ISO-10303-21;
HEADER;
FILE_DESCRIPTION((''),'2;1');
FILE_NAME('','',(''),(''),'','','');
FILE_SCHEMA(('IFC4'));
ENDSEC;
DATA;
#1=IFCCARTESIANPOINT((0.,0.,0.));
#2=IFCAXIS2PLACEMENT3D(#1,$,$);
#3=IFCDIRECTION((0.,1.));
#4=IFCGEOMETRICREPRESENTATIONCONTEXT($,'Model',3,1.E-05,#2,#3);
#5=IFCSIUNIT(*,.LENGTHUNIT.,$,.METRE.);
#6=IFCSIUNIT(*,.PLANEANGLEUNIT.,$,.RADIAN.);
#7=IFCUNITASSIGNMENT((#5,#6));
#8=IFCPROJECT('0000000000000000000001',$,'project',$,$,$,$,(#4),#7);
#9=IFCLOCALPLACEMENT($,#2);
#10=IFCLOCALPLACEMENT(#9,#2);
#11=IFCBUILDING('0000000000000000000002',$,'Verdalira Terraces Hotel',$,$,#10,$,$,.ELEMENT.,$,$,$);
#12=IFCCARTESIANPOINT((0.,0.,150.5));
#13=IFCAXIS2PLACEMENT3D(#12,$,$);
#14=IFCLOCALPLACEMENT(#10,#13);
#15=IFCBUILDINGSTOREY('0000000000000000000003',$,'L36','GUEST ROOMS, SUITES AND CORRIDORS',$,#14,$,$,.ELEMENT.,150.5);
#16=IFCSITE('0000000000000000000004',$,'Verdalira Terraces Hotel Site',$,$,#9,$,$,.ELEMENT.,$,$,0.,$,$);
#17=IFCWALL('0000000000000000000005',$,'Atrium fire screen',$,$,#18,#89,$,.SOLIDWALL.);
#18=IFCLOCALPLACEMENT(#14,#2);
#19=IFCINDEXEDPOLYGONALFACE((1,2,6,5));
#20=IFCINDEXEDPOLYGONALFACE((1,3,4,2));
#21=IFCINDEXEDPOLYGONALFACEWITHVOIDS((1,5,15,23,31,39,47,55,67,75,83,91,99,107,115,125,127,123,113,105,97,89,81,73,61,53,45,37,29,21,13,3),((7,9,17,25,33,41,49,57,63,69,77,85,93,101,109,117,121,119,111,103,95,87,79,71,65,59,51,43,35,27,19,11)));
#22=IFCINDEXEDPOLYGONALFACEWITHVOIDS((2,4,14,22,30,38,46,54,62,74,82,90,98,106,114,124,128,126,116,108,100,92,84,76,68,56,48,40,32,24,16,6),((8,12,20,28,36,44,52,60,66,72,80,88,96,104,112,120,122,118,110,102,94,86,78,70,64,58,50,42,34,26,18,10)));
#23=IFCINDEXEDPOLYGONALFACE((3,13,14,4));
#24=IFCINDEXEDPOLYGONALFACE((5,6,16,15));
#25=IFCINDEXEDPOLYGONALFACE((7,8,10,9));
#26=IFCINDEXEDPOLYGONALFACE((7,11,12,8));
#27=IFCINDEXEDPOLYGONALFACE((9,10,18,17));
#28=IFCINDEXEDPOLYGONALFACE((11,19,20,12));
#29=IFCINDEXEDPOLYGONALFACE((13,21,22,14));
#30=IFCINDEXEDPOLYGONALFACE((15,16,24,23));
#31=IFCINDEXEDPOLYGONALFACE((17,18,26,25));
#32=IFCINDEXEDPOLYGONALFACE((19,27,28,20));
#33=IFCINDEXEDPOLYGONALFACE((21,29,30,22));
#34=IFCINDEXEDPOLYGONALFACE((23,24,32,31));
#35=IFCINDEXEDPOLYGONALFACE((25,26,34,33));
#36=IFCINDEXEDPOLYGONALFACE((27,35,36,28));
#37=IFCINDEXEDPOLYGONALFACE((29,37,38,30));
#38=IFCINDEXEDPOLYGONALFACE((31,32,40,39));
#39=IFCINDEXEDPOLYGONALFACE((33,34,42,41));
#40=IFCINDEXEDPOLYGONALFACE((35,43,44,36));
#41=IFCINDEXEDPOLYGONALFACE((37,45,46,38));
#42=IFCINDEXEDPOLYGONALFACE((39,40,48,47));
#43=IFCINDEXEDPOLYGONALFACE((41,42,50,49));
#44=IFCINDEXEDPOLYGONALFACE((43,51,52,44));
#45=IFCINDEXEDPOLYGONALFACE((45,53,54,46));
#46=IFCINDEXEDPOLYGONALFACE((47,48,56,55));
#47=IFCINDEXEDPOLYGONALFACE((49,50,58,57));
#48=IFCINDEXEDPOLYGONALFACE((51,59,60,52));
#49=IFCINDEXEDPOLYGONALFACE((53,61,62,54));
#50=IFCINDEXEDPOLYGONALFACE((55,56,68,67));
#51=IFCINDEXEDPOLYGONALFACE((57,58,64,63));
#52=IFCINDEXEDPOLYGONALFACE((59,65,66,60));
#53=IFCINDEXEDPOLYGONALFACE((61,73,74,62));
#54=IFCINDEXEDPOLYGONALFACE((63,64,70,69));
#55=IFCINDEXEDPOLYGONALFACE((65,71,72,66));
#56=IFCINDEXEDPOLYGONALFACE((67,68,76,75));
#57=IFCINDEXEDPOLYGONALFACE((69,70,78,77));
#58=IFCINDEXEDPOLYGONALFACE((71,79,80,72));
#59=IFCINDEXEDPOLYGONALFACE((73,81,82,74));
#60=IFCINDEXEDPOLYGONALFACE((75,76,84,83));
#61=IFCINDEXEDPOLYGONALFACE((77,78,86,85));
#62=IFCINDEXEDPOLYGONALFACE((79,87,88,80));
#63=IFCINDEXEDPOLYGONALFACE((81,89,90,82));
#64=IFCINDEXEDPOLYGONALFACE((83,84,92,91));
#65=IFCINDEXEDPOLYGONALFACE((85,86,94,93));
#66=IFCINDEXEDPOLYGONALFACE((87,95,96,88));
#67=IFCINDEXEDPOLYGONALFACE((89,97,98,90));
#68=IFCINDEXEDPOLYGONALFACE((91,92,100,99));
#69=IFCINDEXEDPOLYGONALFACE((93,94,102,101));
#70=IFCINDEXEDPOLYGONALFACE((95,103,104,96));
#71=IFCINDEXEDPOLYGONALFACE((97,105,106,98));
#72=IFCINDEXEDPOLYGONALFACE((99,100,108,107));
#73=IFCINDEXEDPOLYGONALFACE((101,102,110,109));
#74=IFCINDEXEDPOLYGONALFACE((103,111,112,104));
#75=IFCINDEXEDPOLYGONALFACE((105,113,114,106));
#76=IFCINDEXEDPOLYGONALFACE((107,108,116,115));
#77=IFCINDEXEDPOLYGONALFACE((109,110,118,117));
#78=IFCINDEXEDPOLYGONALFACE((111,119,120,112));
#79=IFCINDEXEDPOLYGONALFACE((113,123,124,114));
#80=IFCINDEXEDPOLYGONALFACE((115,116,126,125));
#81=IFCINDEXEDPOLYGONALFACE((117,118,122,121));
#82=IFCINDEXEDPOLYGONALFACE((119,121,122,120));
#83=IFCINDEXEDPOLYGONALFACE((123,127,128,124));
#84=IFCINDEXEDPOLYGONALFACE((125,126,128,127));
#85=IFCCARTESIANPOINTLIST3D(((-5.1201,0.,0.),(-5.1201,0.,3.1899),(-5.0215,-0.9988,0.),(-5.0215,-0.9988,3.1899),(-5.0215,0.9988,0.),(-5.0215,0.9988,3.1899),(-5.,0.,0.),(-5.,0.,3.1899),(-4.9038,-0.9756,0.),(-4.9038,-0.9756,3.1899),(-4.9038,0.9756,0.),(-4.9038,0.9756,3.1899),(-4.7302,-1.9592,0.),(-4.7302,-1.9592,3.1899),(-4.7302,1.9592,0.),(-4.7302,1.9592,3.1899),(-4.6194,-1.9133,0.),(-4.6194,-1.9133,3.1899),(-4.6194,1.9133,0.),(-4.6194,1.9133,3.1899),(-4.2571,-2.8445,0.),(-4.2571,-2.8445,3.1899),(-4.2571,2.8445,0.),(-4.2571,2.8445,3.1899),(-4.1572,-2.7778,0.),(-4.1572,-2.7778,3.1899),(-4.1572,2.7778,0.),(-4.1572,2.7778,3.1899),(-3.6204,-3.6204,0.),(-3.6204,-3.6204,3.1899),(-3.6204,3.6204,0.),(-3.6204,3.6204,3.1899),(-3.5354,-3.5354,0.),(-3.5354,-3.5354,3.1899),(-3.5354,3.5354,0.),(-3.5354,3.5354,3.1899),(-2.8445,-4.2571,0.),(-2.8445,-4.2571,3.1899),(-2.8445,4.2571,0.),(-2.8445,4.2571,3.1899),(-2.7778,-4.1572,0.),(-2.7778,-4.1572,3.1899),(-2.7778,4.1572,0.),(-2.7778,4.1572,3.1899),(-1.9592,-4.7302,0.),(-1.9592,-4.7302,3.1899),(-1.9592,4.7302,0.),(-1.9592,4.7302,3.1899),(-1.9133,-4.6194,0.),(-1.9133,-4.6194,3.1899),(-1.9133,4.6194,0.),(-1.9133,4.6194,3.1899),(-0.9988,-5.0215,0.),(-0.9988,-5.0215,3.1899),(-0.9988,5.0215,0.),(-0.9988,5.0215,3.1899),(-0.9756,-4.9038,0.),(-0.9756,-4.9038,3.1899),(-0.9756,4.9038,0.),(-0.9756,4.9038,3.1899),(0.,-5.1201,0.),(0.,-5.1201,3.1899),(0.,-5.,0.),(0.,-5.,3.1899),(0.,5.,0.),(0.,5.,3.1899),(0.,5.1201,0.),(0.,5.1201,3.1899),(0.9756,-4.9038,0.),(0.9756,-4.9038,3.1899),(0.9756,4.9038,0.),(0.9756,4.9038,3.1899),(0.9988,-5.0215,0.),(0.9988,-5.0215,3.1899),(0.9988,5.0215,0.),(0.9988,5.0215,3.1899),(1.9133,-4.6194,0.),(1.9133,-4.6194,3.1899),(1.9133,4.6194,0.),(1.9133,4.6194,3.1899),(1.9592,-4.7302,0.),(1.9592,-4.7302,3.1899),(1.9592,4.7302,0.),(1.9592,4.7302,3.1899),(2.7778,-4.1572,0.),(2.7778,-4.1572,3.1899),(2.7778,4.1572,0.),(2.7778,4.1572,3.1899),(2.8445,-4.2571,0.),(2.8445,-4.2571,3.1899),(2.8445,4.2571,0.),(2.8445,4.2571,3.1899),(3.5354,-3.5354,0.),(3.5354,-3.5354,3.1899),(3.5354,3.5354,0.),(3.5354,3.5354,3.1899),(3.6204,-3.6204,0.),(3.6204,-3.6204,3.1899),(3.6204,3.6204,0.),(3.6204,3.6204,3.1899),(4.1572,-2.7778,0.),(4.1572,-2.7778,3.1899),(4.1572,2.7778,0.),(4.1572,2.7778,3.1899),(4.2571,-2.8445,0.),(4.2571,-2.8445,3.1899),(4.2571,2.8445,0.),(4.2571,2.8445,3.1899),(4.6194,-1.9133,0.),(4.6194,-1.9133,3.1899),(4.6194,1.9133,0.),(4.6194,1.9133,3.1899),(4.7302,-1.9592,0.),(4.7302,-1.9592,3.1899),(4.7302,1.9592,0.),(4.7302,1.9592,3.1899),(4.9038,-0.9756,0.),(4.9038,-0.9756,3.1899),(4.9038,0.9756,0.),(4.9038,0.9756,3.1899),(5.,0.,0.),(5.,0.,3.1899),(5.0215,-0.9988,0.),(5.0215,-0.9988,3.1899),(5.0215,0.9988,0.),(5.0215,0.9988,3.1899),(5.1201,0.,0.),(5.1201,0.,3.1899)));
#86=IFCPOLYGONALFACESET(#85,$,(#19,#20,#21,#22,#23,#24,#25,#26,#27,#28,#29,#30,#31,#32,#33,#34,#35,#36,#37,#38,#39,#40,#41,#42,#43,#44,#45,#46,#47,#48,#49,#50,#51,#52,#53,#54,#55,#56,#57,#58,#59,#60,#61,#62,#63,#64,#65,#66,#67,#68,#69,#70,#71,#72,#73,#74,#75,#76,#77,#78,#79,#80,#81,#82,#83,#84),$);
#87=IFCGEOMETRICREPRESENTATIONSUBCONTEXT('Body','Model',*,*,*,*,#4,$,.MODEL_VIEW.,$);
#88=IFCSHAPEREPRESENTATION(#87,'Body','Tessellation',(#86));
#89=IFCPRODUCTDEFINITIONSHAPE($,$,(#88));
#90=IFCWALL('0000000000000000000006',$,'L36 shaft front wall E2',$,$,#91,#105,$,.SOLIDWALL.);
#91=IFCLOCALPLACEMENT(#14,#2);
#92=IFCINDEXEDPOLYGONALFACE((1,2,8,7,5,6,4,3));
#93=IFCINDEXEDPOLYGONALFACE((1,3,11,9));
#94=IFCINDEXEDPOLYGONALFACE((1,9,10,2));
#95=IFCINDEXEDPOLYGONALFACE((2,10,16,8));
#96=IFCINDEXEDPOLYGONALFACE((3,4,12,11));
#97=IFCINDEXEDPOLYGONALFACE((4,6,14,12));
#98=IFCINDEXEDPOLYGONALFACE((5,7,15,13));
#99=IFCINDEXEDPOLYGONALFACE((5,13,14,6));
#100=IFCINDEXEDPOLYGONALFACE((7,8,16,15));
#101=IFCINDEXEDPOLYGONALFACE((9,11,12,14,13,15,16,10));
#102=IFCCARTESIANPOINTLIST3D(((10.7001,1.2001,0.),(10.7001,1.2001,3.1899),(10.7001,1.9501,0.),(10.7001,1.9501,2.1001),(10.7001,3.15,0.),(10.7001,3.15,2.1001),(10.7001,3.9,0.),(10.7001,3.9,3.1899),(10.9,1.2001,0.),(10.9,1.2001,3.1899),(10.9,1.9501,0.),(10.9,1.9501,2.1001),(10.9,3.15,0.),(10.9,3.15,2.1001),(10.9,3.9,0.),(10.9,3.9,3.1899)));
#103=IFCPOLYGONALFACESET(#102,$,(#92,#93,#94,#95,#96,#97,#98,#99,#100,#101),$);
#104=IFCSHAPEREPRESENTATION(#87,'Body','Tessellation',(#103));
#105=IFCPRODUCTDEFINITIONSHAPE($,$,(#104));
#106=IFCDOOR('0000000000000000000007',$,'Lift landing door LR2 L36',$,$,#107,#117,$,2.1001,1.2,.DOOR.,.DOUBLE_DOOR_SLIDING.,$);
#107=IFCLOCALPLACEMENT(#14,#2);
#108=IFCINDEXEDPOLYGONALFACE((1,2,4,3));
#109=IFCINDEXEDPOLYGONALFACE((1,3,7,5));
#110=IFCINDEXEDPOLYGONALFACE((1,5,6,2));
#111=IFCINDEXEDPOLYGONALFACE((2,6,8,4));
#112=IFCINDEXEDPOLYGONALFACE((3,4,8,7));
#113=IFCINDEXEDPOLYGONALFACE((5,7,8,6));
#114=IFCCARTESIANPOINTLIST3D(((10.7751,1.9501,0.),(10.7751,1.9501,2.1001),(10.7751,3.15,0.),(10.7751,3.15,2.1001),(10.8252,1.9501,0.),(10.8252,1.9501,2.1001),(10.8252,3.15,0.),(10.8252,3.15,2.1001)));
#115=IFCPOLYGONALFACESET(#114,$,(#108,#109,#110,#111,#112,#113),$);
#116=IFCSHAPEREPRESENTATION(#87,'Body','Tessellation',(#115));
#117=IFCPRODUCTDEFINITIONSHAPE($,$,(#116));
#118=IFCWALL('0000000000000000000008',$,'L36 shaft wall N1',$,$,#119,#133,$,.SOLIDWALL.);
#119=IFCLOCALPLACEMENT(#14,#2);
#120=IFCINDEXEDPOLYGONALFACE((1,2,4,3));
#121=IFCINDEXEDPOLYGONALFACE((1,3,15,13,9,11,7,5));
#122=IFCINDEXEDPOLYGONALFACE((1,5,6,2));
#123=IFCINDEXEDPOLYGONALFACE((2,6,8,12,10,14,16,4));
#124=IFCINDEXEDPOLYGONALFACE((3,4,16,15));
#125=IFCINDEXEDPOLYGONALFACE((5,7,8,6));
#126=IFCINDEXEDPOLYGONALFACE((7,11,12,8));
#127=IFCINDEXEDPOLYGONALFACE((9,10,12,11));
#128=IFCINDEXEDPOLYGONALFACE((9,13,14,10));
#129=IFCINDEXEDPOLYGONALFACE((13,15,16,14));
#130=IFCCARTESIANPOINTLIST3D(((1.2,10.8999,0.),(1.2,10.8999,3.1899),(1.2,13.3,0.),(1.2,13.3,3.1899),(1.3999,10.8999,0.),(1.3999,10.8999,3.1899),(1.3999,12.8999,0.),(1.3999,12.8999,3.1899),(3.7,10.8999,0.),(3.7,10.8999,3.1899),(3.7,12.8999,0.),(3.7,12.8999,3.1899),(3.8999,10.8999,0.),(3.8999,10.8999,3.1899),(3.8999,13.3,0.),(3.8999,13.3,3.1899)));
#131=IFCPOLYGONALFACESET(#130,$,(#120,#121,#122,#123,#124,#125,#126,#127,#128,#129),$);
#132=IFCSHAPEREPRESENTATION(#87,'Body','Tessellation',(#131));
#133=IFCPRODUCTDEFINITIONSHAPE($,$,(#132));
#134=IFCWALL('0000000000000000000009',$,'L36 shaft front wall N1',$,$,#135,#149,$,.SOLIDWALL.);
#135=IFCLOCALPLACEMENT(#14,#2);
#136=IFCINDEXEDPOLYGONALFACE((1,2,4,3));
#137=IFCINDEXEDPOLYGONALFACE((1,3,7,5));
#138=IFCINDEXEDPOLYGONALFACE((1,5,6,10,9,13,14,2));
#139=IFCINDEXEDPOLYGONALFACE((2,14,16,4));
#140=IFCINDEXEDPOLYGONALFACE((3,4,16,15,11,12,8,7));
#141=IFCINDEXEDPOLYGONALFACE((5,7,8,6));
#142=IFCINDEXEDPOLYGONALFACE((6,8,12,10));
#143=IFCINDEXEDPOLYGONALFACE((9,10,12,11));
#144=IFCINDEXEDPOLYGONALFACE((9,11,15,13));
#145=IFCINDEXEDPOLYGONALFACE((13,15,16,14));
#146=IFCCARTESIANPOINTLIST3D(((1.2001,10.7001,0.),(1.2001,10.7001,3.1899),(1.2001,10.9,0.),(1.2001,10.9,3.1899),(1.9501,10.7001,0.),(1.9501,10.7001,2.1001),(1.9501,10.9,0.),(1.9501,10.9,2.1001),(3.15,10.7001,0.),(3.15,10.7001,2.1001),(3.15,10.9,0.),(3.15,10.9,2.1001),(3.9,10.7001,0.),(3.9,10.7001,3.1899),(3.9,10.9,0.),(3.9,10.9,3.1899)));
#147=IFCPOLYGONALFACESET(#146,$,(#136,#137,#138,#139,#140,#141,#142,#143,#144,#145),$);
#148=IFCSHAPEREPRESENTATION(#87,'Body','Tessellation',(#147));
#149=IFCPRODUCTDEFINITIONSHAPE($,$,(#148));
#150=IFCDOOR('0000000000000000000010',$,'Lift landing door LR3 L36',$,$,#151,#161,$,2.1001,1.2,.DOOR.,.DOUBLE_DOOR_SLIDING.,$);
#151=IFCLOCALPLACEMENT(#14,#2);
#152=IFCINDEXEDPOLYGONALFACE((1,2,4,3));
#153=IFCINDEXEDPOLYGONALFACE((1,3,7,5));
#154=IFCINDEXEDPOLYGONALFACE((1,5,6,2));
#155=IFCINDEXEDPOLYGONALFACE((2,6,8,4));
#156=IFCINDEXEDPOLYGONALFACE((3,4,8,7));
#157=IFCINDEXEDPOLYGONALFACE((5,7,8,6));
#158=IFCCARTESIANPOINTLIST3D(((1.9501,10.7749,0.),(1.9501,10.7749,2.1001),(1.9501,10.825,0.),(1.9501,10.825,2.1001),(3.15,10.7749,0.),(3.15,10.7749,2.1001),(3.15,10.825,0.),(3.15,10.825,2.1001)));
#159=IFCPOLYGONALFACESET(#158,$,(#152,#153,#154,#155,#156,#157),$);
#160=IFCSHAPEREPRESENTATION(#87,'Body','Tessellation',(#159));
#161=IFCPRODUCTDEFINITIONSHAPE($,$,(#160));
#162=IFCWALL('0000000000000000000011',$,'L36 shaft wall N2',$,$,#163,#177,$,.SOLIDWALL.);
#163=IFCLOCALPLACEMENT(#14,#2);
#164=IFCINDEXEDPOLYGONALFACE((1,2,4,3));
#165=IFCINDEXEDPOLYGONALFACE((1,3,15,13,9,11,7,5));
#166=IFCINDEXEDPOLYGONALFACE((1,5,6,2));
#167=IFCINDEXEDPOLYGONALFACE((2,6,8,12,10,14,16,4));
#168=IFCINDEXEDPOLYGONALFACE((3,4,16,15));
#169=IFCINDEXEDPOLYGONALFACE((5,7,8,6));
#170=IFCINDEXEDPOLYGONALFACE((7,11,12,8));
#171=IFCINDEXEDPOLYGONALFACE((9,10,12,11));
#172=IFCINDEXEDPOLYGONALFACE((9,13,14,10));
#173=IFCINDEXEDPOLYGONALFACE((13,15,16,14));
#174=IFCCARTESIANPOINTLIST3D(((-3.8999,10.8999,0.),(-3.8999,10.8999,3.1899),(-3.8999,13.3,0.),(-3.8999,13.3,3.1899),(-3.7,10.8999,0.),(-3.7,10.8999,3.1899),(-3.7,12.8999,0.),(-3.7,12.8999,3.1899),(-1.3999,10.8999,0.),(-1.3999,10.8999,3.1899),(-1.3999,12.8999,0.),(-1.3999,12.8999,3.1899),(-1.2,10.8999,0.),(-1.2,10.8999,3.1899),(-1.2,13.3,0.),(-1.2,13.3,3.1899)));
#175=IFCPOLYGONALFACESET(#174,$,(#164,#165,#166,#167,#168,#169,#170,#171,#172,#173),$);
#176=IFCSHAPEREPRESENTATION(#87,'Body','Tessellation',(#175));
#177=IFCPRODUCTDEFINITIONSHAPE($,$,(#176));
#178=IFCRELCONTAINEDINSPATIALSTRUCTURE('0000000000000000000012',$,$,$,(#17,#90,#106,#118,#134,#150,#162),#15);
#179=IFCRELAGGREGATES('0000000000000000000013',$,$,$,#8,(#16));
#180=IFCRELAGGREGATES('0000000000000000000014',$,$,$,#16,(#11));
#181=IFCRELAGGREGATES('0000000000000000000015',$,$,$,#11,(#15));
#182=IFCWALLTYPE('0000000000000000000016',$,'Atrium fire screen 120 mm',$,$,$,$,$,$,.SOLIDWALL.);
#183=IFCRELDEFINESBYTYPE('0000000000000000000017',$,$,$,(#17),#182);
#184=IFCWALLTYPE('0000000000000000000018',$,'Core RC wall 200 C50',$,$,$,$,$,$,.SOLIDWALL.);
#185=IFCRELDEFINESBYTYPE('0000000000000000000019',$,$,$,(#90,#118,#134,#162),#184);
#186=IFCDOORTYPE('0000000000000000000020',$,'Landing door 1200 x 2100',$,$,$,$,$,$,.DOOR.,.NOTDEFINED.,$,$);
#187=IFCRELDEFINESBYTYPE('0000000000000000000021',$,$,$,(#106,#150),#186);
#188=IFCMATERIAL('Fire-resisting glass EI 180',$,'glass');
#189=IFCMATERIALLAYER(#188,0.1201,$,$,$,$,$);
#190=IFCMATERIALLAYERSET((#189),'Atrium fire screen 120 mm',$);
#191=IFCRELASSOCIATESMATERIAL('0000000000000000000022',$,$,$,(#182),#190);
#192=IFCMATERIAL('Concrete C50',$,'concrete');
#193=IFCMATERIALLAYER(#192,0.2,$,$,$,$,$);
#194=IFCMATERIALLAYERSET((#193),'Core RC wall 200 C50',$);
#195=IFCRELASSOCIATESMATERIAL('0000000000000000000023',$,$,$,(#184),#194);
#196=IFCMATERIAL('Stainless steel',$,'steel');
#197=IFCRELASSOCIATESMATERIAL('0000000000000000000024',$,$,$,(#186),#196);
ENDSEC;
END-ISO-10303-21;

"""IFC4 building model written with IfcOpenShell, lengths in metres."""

from ifc_helpers import new_model, si_unit, direction, frame, frame_2d, origin, place, context, subcontext, project, spatial, polyline, rectangle, outline, extrude, material, layer, layer_set, type_object, element, fill, save


model = new_model("IFC4")

# Units and contexts
model_context = context("Model", 3, precision=1e-05, world=origin(), true_north=direction((0.0, 1.0)))
body_context = subcontext(model_context, "Body", "Model", "MODEL_VIEW")
ifc_project = project(units=[si_unit("LENGTHUNIT", "METRE"), si_unit("PLANEANGLEUNIT", "RADIAN")], contexts=[model_context])

# Site, building, storey
site_placement = place(None, origin())
site = spatial("IfcSite", under=ifc_project, at=site_placement, Name="Verdalira Terraces Hotel Site", CompositionType="ELEMENT", RefElevation=0.0)
building_placement = place(site_placement, origin())
building = spatial("IfcBuilding", under=site, at=building_placement, Name="Verdalira Terraces Hotel", CompositionType="ELEMENT")
storey_placement = place(building_placement, frame((0.0, 0.0, 150.5)))
storey = spatial("IfcBuildingStorey", under=building, at=storey_placement, Name="L36", Description="GUEST ROOMS, SUITES AND CORRIDORS", CompositionType="ELEMENT", Elevation=150.5)

# Wall
ifc_material_1 = material(Name="Fire-resisting glass EI 180", Category="glass")
ifc_layer_1 = layer(ifc_material_1, 0.1201)
ifc_layer_set_1 = layer_set([ifc_layer_1], Name="Atrium fire screen 120 mm")
wall_type_1 = type_object("IfcWallType", Name="Atrium fire screen 120 mm", PredefinedType="SOLIDWALL", material=ifc_layer_set_1)
wall_1_placement = place(storey_placement, origin())
element("IfcWall", 1, at=wall_1_placement, inside=storey, type_object=wall_type_1, Name="Atrium fire screen", PredefinedType="SOLIDWALL", context=body_context, shape_type="SweptSolid", body=[
    extrude(outline(polyline([(5.0215, -0.9988), (4.7302, -1.9592), (4.2571, -2.8445), (3.6204, -3.6204), (2.8445, -4.2571), (1.9592, -4.7302), (0.9988, -5.0215), (0.0, -5.1201), (-0.9988, -5.0215), (-1.9592, -4.7302), (-2.8445, -4.2571), (-3.6204, -3.6204), (-4.2571, -2.8445), (-4.7302, -1.9592), (-5.0215, -0.9988), (-5.1201, 0.0), (-5.0215, 0.9988), (-4.7302, 1.9592), (-4.2571, 2.8445), (-3.6204, 3.6204), (-2.8445, 4.2571), (-1.9592, 4.7302), (-0.9988, 5.0215), (0.0, 5.1201), (0.9988, 5.0215), (1.9592, 4.7302), (2.8445, 4.2571), (3.6204, 3.6204), (4.2571, 2.8445), (4.7302, 1.9592), (5.0215, 0.9988), (5.1201, 0.0), (5.0215, -0.9988)]), holes=[polyline([(4.9038, 0.9756), (4.6194, 1.9133), (4.1572, 2.7778), (3.5354, 3.5354), (2.7778, 4.1572), (1.9133, 4.6194), (0.9756, 4.9038), (0.0, 5.0), (-0.9756, 4.9038), (-1.9133, 4.6194), (-2.7778, 4.1572), (-3.5354, 3.5354), (-4.1572, 2.7778), (-4.6194, 1.9133), (-4.9038, 0.9756), (-5.0, 0.0), (-4.9038, -0.9756), (-4.6194, -1.9133), (-4.1572, -2.7778), (-3.5354, -3.5354), (-2.7778, -4.1572), (-1.9133, -4.6194), (-0.9756, -4.9038), (0.0, -5.0), (0.9756, -4.9038), (1.9133, -4.6194), (2.7778, -4.1572), (3.5354, -3.5354), (4.1572, -2.7778), (4.6194, -1.9133), (4.9038, -0.9756), (5.0, 0.0), (4.9038, 0.9756)])]), origin(), (0.0, 0.0, 1.0), 3.1899),
])

# Wall, opening, door
ifc_material_2 = material(Name="Concrete C50", Category="concrete")
ifc_layer_2 = layer(ifc_material_2, 0.2)
ifc_layer_set_2 = layer_set([ifc_layer_2], Name="Core RC wall 200 C50")
wall_type_2 = type_object("IfcWallType", Name="Core RC wall 200 C50", PredefinedType="SOLIDWALL", material=ifc_layer_set_2)
wall_2_placement = place(storey_placement, frame((10.8, 1.2, 0.0), z_axis=(0.0, 0.0, 1.0), x_axis=(0.0, 1.0, 0.0)))
wall_2 = element("IfcWall", 2, at=wall_2_placement, inside=storey, type_object=wall_type_2, Name="L36 shaft front wall E2", PredefinedType="SOLIDWALL", context=body_context, shape_type="SweptSolid", body=[
    extrude(rectangle(XDim=2.7, YDim=0.2, at=frame_2d((1.3501, 0.0))), origin(), (0.0, 0.0, 1.0), 3.1899),
])
opening_1_placement = place(wall_2_placement, frame((0.75, 0.0, 0.0)))
opening_1 = element("IfcOpeningElement", 3, at=opening_1_placement, cuts=wall_2, PredefinedType="OPENING", context=body_context, shape_type="SweptSolid", body=[
    extrude(rectangle(XDim=1.2, YDim=2.1001, at=frame_2d((0.6001, 1.05))), frame((0.0, 0.1099, 0.0), z_axis=(0.0, -1.0, 0.0), x_axis=(1.0, 0.0, 0.0)), (0.0, 0.0, 1.0), 0.22),
])
ifc_material_3 = material(Name="Stainless steel", Category="steel")
door_type_1 = type_object("IfcDoorType", Name="Landing door 1200 x 2100", OperationType="NOTDEFINED", PredefinedType="DOOR", material=ifc_material_3)
door_1_placement = place(opening_1_placement, origin())
door_1 = element("IfcDoor", 4, at=door_1_placement, inside=storey, type_object=door_type_1, Name="Lift landing door LR2 L36", OperationType="DOUBLE_DOOR_SLIDING", OverallHeight=2.1001, OverallWidth=1.2, PredefinedType="DOOR", context=body_context, shape_type="SweptSolid", body=[
    extrude(rectangle(XDim=1.2, YDim=2.1001, at=frame_2d((0.6001, 1.05))), frame((0.0, 0.0249, 0.0), z_axis=(0.0, -1.0, 0.0), x_axis=(1.0, 0.0, 0.0)), (0.0, 0.0, 1.0), 0.05),
])
fill(opening_1, door_1)

# Wall
wall_3_placement = place(storey_placement, origin())
element("IfcWall", 5, at=wall_3_placement, inside=storey, type_object=wall_type_2, Name="L36 shaft wall N1", PredefinedType="SOLIDWALL", context=body_context, shape_type="SweptSolid", body=[
    extrude(outline(polyline([(3.8999, 13.3), (3.8999, 10.8999), (3.7, 10.8999), (3.7, 12.8999), (1.3999, 12.8999), (1.3999, 10.8999), (1.2, 10.8999), (1.2, 13.3), (3.8999, 13.3)])), origin(), (0.0, 0.0, 1.0), 3.1899),
])

# Wall, opening, door
wall_4_placement = place(storey_placement, frame((1.2, 10.8, 0.0), z_axis=(0.0, 0.0, 1.0), x_axis=(1.0, 0.0, 0.0)))
wall_4 = element("IfcWall", 6, at=wall_4_placement, inside=storey, type_object=wall_type_2, Name="L36 shaft front wall N1", PredefinedType="SOLIDWALL", context=body_context, shape_type="SweptSolid", body=[
    extrude(rectangle(XDim=2.7, YDim=0.2, at=frame_2d((1.3501, 0.0))), origin(), (0.0, 0.0, 1.0), 3.1899),
])
opening_2_placement = place(wall_4_placement, frame((0.75, 0.0, 0.0)))
opening_2 = element("IfcOpeningElement", 7, at=opening_2_placement, cuts=wall_4, PredefinedType="OPENING", context=body_context, shape_type="SweptSolid", body=[
    extrude(rectangle(XDim=1.2, YDim=2.1001, at=frame_2d((0.6001, 1.05))), frame((0.0, 0.1099, 0.0), z_axis=(0.0, -1.0, 0.0), x_axis=(1.0, 0.0, 0.0)), (0.0, 0.0, 1.0), 0.22),
])
door_2_placement = place(opening_2_placement, origin())
door_2 = element("IfcDoor", 8, at=door_2_placement, inside=storey, type_object=door_type_1, Name="Lift landing door LR3 L36", OperationType="DOUBLE_DOOR_SLIDING", OverallHeight=2.1001, OverallWidth=1.2, PredefinedType="DOOR", context=body_context, shape_type="SweptSolid", body=[
    extrude(rectangle(XDim=1.2, YDim=2.1001, at=frame_2d((0.6001, 1.05))), frame((0.0, 0.0249, 0.0), z_axis=(0.0, -1.0, 0.0), x_axis=(1.0, 0.0, 0.0)), (0.0, 0.0, 1.0), 0.05),
])
fill(opening_2, door_2)

# Wall
wall_5_placement = place(storey_placement, origin())
element("IfcWall", 9, at=wall_5_placement, inside=storey, type_object=wall_type_2, Name="L36 shaft wall N2", PredefinedType="SOLIDWALL", context=body_context, shape_type="SweptSolid", body=[
    extrude(outline(polyline([(-3.8999, 10.8999), (-3.8999, 13.3), (-1.2, 13.3), (-1.2, 10.8999), (-1.3999, 10.8999), (-1.3999, 12.8999), (-3.7, 12.8999), (-3.7, 10.8999), (-3.8999, 10.8999)])), origin(), (0.0, 0.0, 1.0), 3.1899),
])

save(model, "model.ifc")
